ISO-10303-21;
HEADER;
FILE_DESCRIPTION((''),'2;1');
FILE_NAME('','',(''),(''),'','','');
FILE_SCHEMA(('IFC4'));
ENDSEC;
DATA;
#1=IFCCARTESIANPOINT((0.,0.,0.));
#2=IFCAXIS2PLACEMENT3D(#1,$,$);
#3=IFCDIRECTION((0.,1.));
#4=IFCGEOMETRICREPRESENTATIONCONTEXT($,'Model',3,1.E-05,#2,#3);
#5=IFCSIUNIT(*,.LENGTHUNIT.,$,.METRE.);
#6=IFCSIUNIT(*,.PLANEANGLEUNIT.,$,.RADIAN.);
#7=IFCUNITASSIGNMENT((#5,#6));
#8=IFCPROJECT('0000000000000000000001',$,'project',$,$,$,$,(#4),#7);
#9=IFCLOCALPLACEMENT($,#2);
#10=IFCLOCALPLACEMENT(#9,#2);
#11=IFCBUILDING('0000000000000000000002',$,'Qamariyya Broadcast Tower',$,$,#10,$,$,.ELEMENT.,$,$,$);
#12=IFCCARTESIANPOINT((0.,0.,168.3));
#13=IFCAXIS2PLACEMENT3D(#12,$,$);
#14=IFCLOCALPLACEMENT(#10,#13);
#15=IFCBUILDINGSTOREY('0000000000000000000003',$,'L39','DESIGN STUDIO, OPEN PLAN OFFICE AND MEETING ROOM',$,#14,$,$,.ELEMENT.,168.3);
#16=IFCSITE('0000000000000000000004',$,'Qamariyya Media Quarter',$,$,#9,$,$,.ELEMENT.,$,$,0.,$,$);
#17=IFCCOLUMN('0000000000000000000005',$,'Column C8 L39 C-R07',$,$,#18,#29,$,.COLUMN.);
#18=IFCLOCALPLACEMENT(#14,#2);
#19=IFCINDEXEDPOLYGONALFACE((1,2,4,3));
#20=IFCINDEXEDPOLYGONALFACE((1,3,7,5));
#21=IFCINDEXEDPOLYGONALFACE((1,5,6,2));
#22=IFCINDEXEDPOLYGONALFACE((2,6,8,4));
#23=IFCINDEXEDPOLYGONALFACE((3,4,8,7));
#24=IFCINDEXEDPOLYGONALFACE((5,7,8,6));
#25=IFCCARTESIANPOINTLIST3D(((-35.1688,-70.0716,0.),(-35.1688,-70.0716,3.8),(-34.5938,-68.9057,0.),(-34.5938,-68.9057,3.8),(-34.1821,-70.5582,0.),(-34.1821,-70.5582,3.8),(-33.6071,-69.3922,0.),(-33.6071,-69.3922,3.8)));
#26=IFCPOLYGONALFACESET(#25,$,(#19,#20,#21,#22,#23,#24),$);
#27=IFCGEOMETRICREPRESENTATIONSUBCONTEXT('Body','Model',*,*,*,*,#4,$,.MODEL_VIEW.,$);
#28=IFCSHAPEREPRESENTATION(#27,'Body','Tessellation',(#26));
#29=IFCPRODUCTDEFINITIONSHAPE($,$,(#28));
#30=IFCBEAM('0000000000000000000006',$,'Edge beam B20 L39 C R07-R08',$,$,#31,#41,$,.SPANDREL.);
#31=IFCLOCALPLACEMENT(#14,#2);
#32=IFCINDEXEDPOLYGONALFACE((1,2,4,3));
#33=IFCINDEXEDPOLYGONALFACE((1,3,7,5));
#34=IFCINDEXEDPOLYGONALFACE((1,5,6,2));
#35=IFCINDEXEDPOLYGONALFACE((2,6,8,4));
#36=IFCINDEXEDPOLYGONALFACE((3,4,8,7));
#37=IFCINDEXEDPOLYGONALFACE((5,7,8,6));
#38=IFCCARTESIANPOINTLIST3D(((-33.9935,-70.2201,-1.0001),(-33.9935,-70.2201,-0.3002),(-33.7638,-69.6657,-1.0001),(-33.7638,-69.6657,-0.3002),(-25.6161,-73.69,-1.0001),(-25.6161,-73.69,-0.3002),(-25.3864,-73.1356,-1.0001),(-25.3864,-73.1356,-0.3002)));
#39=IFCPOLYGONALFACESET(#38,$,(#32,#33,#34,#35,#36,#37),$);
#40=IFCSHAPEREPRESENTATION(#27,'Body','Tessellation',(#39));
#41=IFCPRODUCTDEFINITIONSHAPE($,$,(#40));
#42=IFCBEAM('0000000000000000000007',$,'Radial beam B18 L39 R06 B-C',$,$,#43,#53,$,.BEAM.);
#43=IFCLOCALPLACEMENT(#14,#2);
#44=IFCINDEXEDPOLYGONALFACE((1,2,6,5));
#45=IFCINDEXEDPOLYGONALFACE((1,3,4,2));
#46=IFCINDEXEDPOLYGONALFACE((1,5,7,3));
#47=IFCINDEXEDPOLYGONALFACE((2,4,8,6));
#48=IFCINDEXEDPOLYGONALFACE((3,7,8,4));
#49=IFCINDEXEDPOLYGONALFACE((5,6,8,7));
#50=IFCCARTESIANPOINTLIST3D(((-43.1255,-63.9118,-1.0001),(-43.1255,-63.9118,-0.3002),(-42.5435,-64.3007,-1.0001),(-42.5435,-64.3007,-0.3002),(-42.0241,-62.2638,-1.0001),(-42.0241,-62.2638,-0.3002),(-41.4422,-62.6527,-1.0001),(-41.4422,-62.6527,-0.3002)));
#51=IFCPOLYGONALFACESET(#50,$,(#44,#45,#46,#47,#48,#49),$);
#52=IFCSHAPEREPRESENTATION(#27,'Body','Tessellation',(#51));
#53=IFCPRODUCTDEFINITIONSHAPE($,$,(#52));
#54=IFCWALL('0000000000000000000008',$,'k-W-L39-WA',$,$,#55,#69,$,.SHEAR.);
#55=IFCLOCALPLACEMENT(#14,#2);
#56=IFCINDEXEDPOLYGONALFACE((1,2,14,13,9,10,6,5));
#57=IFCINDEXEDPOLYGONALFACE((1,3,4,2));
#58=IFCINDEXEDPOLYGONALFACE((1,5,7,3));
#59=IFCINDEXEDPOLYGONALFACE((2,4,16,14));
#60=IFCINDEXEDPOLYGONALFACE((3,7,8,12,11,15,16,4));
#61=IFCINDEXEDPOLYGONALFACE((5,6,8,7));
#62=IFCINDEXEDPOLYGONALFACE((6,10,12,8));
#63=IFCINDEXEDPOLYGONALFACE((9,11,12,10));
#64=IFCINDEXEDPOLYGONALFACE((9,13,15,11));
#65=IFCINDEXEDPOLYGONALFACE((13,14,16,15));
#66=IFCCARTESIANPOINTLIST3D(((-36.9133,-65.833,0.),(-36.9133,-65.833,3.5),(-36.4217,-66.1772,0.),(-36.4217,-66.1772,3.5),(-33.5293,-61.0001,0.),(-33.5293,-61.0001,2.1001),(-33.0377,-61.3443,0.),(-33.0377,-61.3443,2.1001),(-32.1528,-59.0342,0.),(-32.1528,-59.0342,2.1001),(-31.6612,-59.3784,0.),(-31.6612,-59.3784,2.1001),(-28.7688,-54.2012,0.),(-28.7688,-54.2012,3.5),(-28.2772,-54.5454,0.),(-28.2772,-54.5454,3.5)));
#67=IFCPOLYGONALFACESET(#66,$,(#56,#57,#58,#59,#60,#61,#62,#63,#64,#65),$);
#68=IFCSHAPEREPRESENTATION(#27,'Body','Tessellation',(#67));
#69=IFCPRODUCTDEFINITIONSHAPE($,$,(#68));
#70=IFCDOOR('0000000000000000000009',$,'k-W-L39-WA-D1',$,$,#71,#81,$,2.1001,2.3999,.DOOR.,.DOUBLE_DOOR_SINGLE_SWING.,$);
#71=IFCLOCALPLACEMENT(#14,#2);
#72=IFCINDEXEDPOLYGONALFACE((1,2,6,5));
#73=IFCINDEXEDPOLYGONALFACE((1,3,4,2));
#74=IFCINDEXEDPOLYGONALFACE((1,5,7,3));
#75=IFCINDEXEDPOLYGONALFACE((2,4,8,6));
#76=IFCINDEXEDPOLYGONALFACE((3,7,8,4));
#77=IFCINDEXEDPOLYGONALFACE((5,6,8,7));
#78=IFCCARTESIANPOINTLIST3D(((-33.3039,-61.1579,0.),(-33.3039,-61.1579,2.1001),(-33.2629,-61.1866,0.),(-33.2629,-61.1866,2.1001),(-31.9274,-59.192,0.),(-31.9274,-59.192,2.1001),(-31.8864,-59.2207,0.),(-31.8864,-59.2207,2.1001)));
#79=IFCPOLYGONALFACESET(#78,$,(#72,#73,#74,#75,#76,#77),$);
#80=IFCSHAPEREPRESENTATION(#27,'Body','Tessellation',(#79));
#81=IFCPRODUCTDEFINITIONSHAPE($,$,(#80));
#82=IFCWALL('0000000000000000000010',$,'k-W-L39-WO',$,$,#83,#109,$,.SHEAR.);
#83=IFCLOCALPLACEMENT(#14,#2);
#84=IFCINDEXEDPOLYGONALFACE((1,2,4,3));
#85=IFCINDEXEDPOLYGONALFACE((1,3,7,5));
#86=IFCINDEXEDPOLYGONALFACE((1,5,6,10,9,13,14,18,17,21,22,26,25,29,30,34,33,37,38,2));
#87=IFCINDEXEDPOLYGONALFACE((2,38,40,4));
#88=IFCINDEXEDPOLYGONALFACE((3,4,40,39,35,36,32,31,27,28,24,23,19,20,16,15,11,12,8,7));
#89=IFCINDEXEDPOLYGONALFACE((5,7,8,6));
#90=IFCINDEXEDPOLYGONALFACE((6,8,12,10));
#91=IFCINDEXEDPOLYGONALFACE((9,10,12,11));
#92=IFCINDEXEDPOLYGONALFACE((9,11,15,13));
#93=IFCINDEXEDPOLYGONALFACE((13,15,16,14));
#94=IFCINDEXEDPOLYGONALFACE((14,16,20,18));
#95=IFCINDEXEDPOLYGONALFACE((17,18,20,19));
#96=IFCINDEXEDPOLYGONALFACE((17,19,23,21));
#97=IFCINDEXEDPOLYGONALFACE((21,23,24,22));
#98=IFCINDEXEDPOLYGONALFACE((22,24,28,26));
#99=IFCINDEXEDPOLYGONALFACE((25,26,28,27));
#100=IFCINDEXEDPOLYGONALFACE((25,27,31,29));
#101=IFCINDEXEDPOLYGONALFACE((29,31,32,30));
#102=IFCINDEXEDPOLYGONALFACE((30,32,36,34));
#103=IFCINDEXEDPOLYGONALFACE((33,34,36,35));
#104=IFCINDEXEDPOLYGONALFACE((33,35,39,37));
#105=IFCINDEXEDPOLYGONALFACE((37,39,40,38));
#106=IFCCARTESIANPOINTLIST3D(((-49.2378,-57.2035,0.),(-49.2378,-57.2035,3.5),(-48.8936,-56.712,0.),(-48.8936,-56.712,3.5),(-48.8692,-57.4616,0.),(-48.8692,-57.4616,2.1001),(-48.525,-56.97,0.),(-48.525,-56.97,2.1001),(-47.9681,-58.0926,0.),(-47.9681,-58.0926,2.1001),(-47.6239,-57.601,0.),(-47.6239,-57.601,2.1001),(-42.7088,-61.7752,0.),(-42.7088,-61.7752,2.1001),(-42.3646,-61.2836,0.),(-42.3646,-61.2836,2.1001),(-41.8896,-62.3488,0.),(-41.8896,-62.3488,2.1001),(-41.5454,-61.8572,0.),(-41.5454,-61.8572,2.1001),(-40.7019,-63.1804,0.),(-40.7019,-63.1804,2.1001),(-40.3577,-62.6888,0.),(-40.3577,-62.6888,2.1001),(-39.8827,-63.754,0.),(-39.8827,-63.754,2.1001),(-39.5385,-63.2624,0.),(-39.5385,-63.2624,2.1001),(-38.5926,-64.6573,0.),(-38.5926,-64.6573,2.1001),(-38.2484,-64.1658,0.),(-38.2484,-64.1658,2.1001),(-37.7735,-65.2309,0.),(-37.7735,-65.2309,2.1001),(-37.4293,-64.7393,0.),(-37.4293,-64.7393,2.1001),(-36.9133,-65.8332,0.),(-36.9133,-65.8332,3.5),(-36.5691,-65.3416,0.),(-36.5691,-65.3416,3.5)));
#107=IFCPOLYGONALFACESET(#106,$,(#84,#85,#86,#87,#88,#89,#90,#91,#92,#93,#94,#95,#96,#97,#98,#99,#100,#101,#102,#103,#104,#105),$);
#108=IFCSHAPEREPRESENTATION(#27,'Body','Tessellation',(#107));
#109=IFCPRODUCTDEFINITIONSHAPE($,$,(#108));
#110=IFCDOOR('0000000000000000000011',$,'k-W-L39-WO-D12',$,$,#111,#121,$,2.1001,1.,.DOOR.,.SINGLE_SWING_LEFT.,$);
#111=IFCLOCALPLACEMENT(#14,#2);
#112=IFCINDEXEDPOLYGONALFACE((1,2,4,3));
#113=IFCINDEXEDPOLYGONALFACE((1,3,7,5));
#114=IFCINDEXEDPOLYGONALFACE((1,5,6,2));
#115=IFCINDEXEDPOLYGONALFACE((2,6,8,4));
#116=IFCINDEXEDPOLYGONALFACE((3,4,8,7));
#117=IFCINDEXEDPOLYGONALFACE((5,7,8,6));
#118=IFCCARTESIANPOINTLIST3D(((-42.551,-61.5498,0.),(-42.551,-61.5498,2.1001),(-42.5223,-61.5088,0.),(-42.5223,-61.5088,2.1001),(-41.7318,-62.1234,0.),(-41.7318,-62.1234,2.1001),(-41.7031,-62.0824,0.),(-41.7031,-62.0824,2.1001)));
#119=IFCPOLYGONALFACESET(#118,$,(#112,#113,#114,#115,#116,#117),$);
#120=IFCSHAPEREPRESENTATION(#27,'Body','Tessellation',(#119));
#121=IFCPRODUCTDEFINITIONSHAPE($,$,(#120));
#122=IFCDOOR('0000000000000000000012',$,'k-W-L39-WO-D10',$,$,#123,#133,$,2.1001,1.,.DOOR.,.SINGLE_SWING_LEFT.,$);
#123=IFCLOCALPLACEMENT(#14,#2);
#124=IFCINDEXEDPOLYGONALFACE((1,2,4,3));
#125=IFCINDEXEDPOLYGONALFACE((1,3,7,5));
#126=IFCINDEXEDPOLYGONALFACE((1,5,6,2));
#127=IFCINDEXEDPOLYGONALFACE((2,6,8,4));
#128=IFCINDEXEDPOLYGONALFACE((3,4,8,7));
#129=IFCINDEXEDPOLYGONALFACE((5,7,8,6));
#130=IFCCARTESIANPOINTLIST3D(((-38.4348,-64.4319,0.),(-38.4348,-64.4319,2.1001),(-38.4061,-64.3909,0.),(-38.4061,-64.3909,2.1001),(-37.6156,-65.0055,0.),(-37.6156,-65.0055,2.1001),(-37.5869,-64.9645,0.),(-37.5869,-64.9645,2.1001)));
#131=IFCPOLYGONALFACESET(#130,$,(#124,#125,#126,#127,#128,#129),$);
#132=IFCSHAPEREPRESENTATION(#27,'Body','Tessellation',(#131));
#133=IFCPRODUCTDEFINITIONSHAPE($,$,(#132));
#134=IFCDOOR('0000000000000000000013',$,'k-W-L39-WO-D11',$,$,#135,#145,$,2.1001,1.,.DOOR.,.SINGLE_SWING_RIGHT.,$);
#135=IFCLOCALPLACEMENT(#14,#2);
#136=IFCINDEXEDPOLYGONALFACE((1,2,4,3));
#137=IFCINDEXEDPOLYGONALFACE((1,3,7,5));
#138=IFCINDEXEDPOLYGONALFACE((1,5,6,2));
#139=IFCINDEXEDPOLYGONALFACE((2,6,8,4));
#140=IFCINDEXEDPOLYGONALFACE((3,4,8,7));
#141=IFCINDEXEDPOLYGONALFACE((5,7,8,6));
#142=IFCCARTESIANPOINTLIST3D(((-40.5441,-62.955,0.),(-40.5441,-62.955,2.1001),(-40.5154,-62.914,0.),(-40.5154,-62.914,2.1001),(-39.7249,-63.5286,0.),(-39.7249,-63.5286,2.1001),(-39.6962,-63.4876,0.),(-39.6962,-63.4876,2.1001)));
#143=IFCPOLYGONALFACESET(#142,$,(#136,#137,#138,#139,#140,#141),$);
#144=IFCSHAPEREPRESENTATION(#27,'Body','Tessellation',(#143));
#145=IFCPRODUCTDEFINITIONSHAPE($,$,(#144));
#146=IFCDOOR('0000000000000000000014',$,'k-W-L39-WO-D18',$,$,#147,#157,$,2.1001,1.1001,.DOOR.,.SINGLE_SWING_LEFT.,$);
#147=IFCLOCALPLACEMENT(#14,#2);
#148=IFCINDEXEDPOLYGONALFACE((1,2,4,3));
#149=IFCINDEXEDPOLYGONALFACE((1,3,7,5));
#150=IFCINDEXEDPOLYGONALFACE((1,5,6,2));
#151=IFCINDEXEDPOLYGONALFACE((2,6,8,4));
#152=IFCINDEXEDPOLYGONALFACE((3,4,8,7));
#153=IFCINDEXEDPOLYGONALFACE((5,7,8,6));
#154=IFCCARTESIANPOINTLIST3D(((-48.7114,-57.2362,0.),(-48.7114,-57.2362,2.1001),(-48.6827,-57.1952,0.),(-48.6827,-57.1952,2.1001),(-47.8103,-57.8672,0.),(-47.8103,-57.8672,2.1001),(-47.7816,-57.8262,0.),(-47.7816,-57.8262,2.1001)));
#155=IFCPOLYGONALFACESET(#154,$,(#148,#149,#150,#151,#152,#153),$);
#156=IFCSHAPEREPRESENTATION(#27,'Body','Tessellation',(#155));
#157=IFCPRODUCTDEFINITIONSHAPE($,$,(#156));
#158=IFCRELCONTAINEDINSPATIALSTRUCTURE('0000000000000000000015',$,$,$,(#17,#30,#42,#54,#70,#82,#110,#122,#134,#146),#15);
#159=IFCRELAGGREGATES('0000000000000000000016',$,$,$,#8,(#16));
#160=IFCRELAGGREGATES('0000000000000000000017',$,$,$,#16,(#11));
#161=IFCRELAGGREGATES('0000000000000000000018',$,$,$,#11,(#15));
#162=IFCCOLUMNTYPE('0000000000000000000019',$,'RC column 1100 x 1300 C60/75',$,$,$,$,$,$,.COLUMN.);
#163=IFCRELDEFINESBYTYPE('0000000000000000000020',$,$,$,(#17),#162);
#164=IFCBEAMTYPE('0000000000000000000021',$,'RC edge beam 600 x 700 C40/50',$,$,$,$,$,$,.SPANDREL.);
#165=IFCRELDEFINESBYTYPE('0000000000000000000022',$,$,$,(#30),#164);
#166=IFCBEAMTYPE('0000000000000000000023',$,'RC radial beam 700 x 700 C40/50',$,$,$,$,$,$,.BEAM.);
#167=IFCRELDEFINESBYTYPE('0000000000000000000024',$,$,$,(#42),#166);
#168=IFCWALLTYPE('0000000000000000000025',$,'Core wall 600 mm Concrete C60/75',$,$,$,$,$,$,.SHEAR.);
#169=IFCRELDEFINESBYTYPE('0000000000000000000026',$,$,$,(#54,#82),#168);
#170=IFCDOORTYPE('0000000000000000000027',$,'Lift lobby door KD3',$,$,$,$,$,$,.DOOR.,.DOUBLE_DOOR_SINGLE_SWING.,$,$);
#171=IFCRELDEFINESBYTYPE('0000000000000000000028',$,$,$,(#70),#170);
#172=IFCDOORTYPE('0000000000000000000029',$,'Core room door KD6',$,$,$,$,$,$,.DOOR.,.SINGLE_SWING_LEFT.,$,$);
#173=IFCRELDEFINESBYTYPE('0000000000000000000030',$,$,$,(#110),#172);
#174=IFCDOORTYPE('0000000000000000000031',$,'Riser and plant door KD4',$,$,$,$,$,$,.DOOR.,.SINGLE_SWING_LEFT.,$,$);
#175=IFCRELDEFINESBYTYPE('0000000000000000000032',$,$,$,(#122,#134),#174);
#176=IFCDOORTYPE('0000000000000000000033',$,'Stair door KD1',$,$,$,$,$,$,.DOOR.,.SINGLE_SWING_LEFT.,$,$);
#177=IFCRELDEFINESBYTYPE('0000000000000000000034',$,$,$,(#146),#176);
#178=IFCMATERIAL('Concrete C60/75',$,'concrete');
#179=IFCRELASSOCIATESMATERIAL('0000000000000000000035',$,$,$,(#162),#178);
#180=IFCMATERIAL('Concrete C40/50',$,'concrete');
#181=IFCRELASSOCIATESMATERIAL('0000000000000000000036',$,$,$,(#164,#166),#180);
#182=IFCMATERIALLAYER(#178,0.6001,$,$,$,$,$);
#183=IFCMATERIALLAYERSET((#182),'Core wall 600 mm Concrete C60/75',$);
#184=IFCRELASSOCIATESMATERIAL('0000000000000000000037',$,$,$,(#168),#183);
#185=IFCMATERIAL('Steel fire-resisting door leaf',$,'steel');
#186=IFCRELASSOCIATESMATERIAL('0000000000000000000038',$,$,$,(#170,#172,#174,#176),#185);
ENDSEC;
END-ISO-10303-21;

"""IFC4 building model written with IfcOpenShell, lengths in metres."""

from ifc_helpers import new_model, si_unit, direction, frame, frame_2d, origin, origin_2d, place, context, subcontext, project, spatial, rectangle, extrude, material, layer, layer_set, material_profile, profile_set, type_object, element, fill, save


model = new_model("IFC4")

# Units and contexts
model_context = context("Model", 3, precision=1e-05, world=origin(), true_north=direction((0.0, 1.0)))
body_context = subcontext(model_context, "Body", "Model", "MODEL_VIEW")
ifc_project = project(units=[si_unit("LENGTHUNIT", "METRE"), si_unit("PLANEANGLEUNIT", "RADIAN")], contexts=[model_context])

# Site, building, storey
site_placement = place(None, origin())
site = spatial("IfcSite", under=ifc_project, at=site_placement, Name="Qamariyya Media Quarter", CompositionType="ELEMENT", RefElevation=0.0)
building_placement = place(site_placement, origin())
building = spatial("IfcBuilding", under=site, at=building_placement, Name="Qamariyya Broadcast Tower", CompositionType="ELEMENT")
storey_placement = place(building_placement, frame((0.0, 0.0, 168.3)))
storey = spatial("IfcBuildingStorey", under=building, at=storey_placement, Name="L39", Description="DESIGN STUDIO, OPEN PLAN OFFICE AND MEETING ROOM", CompositionType="ELEMENT", Elevation=168.3)

# Column
ifc_material_1 = material(Name="Concrete C60/75", Category="concrete")
ifc_material_profile_1 = material_profile(ifc_material_1, rectangle(XDim=1.1001, YDim=1.3, at=origin_2d()))
ifc_profile_set_1 = profile_set([ifc_material_profile_1], Name="Concrete C60/75")
column_type = type_object("IfcColumnType", Name="RC column 1100 x 1300 C60/75", PredefinedType="COLUMN", material=ifc_profile_set_1)
column_placement = place(storey_placement, frame((-34.3879, -69.7319, 0.0), z_axis=(0.0, 0.0, 1.0), x_axis=(0.896873, -0.442289, 0.0)))
element("IfcColumn", 1, at=column_placement, inside=storey, type_object=column_type, Name="Column C8 L39 C-R07", PredefinedType="COLUMN", context=body_context, shape_type="SweptSolid", body=[
    extrude(rectangle(XDim=1.1001, YDim=1.3, at=origin_2d()), origin(), (0.0, 0.0, 1.0), 3.8),
])

# Beams
ifc_material_2 = material(Name="Concrete C40/50", Category="concrete")
ifc_material_profile_2 = material_profile(ifc_material_2, rectangle(XDim=0.6001, YDim=0.7, at=origin_2d()))
ifc_profile_set_2 = profile_set([ifc_material_profile_2], Name="Concrete C40/50")
beam_type_1 = type_object("IfcBeamType", Name="RC edge beam 600 x 700 C40/50", PredefinedType="SPANDREL", material=ifc_profile_set_2)
beam_1_placement = place(storey_placement, frame((-33.8787, -69.9429, -0.6501), z_axis=(0.923883, -0.382676, 0.0), x_axis=(0.382676, 0.923883, 0.0)))
element("IfcBeam", 2, at=beam_1_placement, inside=storey, type_object=beam_type_1, Name="Edge beam B20 L39 C R07-R08", PredefinedType="SPANDREL", context=body_context, shape_type="SweptSolid", body=[
    extrude(rectangle(XDim=0.6001, YDim=0.7, at=origin_2d()), origin(), (0.0, 0.0, 1.0), 9.0676),
])
ifc_material_profile_3 = material_profile(ifc_material_2, rectangle(XDim=0.7, YDim=0.7, at=origin_2d()))
ifc_profile_set_3 = profile_set([ifc_material_profile_3], Name="Concrete C40/50")
beam_type_2 = type_object("IfcBeamType", Name="RC radial beam 700 x 700 C40/50", PredefinedType="BEAM", material=ifc_profile_set_3)
beam_2_placement = place(storey_placement, frame((-41.7332, -62.4583, -0.6501), z_axis=(-0.555638, -0.831424, 0.0), x_axis=(0.831424, -0.555638, 0.0)))
element("IfcBeam", 3, at=beam_2_placement, inside=storey, type_object=beam_type_2, Name="Radial beam B18 L39 R06 B-C", PredefinedType="BEAM", context=body_context, shape_type="SweptSolid", body=[
    extrude(rectangle(XDim=0.7, YDim=0.7, at=origin_2d()), origin(), (0.0, 0.0, 1.0), 1.9822),
])

# Wall, opening, door
ifc_layer_1 = layer(ifc_material_1, 0.6001)
ifc_layer_set_1 = layer_set([ifc_layer_1], Name="Core wall 600 mm Concrete C60/75")
wall_type_1 = type_object("IfcWallType", Name="Core wall 600 mm Concrete C60/75", PredefinedType="SHEAR", material=ifc_layer_set_1)
wall_1_placement = place(storey_placement, frame((-36.6675, -66.0051, 0.0), z_axis=(0.0, 0.0, 1.0), x_axis=(0.573568, 0.819158, 0.0)))
wall_1 = element("IfcWall", 4, at=wall_1_placement, inside=storey, type_object=wall_type_1, Name="k-W-L39-WA", PredefinedType="SHEAR", context=body_context, shape_type="SweptSolid", body=[
    extrude(rectangle(XDim=14.1997, YDim=0.6001, at=frame_2d((7.0999, 0.0))), origin(), (0.0, 0.0, 1.0), 3.5),
])
opening_1_placement = place(wall_1_placement, frame((5.8999, 0.0, 0.0)))
opening_1 = element("IfcOpeningElement", 5, at=opening_1_placement, cuts=wall_1, PredefinedType="OPENING", context=body_context, shape_type="SweptSolid", body=[
    extrude(rectangle(XDim=2.3999, YDim=2.1001, at=frame_2d((1.2, 1.05))), frame((0.0, 0.3101, 0.0), z_axis=(0.0, -1.0, 0.0), x_axis=(1.0, 0.0, 0.0)), (0.0, 0.0, 1.0), 0.6201),
])
ifc_material_3 = material(Name="Steel fire-resisting door leaf", Category="steel")
door_type_1 = type_object("IfcDoorType", Name="Lift lobby door KD3", OperationType="DOUBLE_DOOR_SINGLE_SWING", PredefinedType="DOOR", material=ifc_material_3)
door_1_placement = place(opening_1_placement, origin())
door_1 = element("IfcDoor", 6, at=door_1_placement, inside=storey, type_object=door_type_1, Name="k-W-L39-WA-D1", OperationType="DOUBLE_DOOR_SINGLE_SWING", OverallHeight=2.1001, OverallWidth=2.3999, PredefinedType="DOOR", context=body_context, shape_type="SweptSolid", body=[
    extrude(rectangle(XDim=2.3999, YDim=2.1001, at=frame_2d((1.2, 1.05))), frame((0.0, 0.0249, 0.0), z_axis=(0.0, -1.0, 0.0), x_axis=(1.0, 0.0, 0.0)), (0.0, 0.0, 1.0), 0.05),
])
fill(opening_1, door_1)

# Wall, openings, doors
wall_2_placement = place(storey_placement, frame((-36.7412, -65.5874, 0.0), z_axis=(0.0, 0.0, 1.0), x_axis=(-0.819153, 0.573575, 0.0)))
wall_2 = element("IfcWall", 7, at=wall_2_placement, inside=storey, type_object=wall_type_1, Name="k-W-L39-WO", PredefinedType="SHEAR", context=body_context, shape_type="SweptSolid", body=[
    extrude(rectangle(XDim=15.0454, YDim=0.6001, at=frame_2d((7.5227, 0.0))), origin(), (0.0, 0.0, 1.0), 3.5),
])
opening_2_placement = place(wall_2_placement, frame((1.05, 0.0, 0.0)))
opening_2 = element("IfcOpeningElement", 8, at=opening_2_placement, cuts=wall_2, PredefinedType="OPENING", context=body_context, shape_type="SweptSolid", body=[
    extrude(rectangle(XDim=1.0, YDim=2.1001, at=frame_2d((0.5, 1.05))), frame((0.0, 0.3101, 0.0), z_axis=(0.0, -1.0, 0.0), x_axis=(1.0, 0.0, 0.0)), (0.0, 0.0, 1.0), 0.6201),
])
opening_3_placement = place(wall_2_placement, frame((3.625, 0.0, 0.0)))
opening_3 = element("IfcOpeningElement", 9, at=opening_3_placement, cuts=wall_2, PredefinedType="OPENING", context=body_context, shape_type="SweptSolid", body=[
    extrude(rectangle(XDim=1.0, YDim=2.1001, at=frame_2d((0.5, 1.05))), frame((0.0, 0.3101, 0.0), z_axis=(0.0, -1.0, 0.0), x_axis=(1.0, 0.0, 0.0)), (0.0, 0.0, 1.0), 0.6201),
])
opening_4_placement = place(wall_2_placement, frame((6.075, 0.0, 0.0)))
opening_4 = element("IfcOpeningElement", 10, at=opening_4_placement, cuts=wall_2, PredefinedType="OPENING", context=body_context, shape_type="SweptSolid", body=[
    extrude(rectangle(XDim=1.0, YDim=2.1001, at=frame_2d((0.5, 1.05))), frame((0.0, 0.3101, 0.0), z_axis=(0.0, -1.0, 0.0), x_axis=(1.0, 0.0, 0.0)), (0.0, 0.0, 1.0), 0.6201),
])
opening_5_placement = place(wall_2_placement, frame((13.4954, 0.0, 0.0)))
opening_5 = element("IfcOpeningElement", 11, at=opening_5_placement, cuts=wall_2, PredefinedType="OPENING", context=body_context, shape_type="SweptSolid", body=[
    extrude(rectangle(XDim=1.1001, YDim=2.1001, at=frame_2d((0.55, 1.05))), frame((0.0, 0.3101, 0.0), z_axis=(0.0, -1.0, 0.0), x_axis=(1.0, 0.0, 0.0)), (0.0, 0.0, 1.0), 0.6201),
])
door_type_2 = type_object("IfcDoorType", Name="Core room door KD6", OperationType="SINGLE_SWING_LEFT", PredefinedType="DOOR", material=ifc_material_3)
door_2_placement = place(opening_4_placement, origin())
door_2 = element("IfcDoor", 12, at=door_2_placement, inside=storey, type_object=door_type_2, Name="k-W-L39-WO-D12", OperationType="SINGLE_SWING_LEFT", OverallHeight=2.1001, OverallWidth=1.0, PredefinedType="DOOR", context=body_context, shape_type="SweptSolid", body=[
    extrude(rectangle(XDim=1.0, YDim=2.1001, at=frame_2d((0.5, 1.05))), frame((0.0, 0.0249, 0.0), z_axis=(0.0, -1.0, 0.0), x_axis=(1.0, 0.0, 0.0)), (0.0, 0.0, 1.0), 0.05),
])
fill(opening_4, door_2)
door_type_3 = type_object("IfcDoorType", Name="Riser and plant door KD4", OperationType="SINGLE_SWING_LEFT", PredefinedType="DOOR", material=ifc_material_3)
door_3_placement = place(opening_2_placement, origin())
door_3 = element("IfcDoor", 13, at=door_3_placement, inside=storey, type_object=door_type_3, Name="k-W-L39-WO-D10", OperationType="SINGLE_SWING_LEFT", OverallHeight=2.1001, OverallWidth=1.0, PredefinedType="DOOR", context=body_context, shape_type="SweptSolid", body=[
    extrude(rectangle(XDim=1.0, YDim=2.1001, at=frame_2d((0.5, 1.05))), frame((0.0, 0.0249, 0.0), z_axis=(0.0, -1.0, 0.0), x_axis=(1.0, 0.0, 0.0)), (0.0, 0.0, 1.0), 0.05),
])
fill(opening_2, door_3)
door_4_placement = place(opening_3_placement, origin())
door_4 = element("IfcDoor", 14, at=door_4_placement, inside=storey, type_object=door_type_3, Name="k-W-L39-WO-D11", OperationType="SINGLE_SWING_RIGHT", OverallHeight=2.1001, OverallWidth=1.0, PredefinedType="DOOR", context=body_context, shape_type="SweptSolid", body=[
    extrude(rectangle(XDim=1.0, YDim=2.1001, at=frame_2d((0.5, 1.05))), frame((0.0, 0.0249, 0.0), z_axis=(0.0, -1.0, 0.0), x_axis=(1.0, 0.0, 0.0)), (0.0, 0.0, 1.0), 0.05),
])
fill(opening_3, door_4)
door_type_4 = type_object("IfcDoorType", Name="Stair door KD1", OperationType="SINGLE_SWING_LEFT", PredefinedType="DOOR", material=ifc_material_3)
door_5_placement = place(opening_5_placement, origin())
door_5 = element("IfcDoor", 15, at=door_5_placement, inside=storey, type_object=door_type_4, Name="k-W-L39-WO-D18", OperationType="SINGLE_SWING_LEFT", OverallHeight=2.1001, OverallWidth=1.1001, PredefinedType="DOOR", context=body_context, shape_type="SweptSolid", body=[
    extrude(rectangle(XDim=1.1001, YDim=2.1001, at=frame_2d((0.55, 1.05))), frame((0.0, 0.0249, 0.0), z_axis=(0.0, -1.0, 0.0), x_axis=(1.0, 0.0, 0.0)), (0.0, 0.0, 1.0), 0.05),
])
fill(opening_5, door_5)

save(model, "model.ifc")
